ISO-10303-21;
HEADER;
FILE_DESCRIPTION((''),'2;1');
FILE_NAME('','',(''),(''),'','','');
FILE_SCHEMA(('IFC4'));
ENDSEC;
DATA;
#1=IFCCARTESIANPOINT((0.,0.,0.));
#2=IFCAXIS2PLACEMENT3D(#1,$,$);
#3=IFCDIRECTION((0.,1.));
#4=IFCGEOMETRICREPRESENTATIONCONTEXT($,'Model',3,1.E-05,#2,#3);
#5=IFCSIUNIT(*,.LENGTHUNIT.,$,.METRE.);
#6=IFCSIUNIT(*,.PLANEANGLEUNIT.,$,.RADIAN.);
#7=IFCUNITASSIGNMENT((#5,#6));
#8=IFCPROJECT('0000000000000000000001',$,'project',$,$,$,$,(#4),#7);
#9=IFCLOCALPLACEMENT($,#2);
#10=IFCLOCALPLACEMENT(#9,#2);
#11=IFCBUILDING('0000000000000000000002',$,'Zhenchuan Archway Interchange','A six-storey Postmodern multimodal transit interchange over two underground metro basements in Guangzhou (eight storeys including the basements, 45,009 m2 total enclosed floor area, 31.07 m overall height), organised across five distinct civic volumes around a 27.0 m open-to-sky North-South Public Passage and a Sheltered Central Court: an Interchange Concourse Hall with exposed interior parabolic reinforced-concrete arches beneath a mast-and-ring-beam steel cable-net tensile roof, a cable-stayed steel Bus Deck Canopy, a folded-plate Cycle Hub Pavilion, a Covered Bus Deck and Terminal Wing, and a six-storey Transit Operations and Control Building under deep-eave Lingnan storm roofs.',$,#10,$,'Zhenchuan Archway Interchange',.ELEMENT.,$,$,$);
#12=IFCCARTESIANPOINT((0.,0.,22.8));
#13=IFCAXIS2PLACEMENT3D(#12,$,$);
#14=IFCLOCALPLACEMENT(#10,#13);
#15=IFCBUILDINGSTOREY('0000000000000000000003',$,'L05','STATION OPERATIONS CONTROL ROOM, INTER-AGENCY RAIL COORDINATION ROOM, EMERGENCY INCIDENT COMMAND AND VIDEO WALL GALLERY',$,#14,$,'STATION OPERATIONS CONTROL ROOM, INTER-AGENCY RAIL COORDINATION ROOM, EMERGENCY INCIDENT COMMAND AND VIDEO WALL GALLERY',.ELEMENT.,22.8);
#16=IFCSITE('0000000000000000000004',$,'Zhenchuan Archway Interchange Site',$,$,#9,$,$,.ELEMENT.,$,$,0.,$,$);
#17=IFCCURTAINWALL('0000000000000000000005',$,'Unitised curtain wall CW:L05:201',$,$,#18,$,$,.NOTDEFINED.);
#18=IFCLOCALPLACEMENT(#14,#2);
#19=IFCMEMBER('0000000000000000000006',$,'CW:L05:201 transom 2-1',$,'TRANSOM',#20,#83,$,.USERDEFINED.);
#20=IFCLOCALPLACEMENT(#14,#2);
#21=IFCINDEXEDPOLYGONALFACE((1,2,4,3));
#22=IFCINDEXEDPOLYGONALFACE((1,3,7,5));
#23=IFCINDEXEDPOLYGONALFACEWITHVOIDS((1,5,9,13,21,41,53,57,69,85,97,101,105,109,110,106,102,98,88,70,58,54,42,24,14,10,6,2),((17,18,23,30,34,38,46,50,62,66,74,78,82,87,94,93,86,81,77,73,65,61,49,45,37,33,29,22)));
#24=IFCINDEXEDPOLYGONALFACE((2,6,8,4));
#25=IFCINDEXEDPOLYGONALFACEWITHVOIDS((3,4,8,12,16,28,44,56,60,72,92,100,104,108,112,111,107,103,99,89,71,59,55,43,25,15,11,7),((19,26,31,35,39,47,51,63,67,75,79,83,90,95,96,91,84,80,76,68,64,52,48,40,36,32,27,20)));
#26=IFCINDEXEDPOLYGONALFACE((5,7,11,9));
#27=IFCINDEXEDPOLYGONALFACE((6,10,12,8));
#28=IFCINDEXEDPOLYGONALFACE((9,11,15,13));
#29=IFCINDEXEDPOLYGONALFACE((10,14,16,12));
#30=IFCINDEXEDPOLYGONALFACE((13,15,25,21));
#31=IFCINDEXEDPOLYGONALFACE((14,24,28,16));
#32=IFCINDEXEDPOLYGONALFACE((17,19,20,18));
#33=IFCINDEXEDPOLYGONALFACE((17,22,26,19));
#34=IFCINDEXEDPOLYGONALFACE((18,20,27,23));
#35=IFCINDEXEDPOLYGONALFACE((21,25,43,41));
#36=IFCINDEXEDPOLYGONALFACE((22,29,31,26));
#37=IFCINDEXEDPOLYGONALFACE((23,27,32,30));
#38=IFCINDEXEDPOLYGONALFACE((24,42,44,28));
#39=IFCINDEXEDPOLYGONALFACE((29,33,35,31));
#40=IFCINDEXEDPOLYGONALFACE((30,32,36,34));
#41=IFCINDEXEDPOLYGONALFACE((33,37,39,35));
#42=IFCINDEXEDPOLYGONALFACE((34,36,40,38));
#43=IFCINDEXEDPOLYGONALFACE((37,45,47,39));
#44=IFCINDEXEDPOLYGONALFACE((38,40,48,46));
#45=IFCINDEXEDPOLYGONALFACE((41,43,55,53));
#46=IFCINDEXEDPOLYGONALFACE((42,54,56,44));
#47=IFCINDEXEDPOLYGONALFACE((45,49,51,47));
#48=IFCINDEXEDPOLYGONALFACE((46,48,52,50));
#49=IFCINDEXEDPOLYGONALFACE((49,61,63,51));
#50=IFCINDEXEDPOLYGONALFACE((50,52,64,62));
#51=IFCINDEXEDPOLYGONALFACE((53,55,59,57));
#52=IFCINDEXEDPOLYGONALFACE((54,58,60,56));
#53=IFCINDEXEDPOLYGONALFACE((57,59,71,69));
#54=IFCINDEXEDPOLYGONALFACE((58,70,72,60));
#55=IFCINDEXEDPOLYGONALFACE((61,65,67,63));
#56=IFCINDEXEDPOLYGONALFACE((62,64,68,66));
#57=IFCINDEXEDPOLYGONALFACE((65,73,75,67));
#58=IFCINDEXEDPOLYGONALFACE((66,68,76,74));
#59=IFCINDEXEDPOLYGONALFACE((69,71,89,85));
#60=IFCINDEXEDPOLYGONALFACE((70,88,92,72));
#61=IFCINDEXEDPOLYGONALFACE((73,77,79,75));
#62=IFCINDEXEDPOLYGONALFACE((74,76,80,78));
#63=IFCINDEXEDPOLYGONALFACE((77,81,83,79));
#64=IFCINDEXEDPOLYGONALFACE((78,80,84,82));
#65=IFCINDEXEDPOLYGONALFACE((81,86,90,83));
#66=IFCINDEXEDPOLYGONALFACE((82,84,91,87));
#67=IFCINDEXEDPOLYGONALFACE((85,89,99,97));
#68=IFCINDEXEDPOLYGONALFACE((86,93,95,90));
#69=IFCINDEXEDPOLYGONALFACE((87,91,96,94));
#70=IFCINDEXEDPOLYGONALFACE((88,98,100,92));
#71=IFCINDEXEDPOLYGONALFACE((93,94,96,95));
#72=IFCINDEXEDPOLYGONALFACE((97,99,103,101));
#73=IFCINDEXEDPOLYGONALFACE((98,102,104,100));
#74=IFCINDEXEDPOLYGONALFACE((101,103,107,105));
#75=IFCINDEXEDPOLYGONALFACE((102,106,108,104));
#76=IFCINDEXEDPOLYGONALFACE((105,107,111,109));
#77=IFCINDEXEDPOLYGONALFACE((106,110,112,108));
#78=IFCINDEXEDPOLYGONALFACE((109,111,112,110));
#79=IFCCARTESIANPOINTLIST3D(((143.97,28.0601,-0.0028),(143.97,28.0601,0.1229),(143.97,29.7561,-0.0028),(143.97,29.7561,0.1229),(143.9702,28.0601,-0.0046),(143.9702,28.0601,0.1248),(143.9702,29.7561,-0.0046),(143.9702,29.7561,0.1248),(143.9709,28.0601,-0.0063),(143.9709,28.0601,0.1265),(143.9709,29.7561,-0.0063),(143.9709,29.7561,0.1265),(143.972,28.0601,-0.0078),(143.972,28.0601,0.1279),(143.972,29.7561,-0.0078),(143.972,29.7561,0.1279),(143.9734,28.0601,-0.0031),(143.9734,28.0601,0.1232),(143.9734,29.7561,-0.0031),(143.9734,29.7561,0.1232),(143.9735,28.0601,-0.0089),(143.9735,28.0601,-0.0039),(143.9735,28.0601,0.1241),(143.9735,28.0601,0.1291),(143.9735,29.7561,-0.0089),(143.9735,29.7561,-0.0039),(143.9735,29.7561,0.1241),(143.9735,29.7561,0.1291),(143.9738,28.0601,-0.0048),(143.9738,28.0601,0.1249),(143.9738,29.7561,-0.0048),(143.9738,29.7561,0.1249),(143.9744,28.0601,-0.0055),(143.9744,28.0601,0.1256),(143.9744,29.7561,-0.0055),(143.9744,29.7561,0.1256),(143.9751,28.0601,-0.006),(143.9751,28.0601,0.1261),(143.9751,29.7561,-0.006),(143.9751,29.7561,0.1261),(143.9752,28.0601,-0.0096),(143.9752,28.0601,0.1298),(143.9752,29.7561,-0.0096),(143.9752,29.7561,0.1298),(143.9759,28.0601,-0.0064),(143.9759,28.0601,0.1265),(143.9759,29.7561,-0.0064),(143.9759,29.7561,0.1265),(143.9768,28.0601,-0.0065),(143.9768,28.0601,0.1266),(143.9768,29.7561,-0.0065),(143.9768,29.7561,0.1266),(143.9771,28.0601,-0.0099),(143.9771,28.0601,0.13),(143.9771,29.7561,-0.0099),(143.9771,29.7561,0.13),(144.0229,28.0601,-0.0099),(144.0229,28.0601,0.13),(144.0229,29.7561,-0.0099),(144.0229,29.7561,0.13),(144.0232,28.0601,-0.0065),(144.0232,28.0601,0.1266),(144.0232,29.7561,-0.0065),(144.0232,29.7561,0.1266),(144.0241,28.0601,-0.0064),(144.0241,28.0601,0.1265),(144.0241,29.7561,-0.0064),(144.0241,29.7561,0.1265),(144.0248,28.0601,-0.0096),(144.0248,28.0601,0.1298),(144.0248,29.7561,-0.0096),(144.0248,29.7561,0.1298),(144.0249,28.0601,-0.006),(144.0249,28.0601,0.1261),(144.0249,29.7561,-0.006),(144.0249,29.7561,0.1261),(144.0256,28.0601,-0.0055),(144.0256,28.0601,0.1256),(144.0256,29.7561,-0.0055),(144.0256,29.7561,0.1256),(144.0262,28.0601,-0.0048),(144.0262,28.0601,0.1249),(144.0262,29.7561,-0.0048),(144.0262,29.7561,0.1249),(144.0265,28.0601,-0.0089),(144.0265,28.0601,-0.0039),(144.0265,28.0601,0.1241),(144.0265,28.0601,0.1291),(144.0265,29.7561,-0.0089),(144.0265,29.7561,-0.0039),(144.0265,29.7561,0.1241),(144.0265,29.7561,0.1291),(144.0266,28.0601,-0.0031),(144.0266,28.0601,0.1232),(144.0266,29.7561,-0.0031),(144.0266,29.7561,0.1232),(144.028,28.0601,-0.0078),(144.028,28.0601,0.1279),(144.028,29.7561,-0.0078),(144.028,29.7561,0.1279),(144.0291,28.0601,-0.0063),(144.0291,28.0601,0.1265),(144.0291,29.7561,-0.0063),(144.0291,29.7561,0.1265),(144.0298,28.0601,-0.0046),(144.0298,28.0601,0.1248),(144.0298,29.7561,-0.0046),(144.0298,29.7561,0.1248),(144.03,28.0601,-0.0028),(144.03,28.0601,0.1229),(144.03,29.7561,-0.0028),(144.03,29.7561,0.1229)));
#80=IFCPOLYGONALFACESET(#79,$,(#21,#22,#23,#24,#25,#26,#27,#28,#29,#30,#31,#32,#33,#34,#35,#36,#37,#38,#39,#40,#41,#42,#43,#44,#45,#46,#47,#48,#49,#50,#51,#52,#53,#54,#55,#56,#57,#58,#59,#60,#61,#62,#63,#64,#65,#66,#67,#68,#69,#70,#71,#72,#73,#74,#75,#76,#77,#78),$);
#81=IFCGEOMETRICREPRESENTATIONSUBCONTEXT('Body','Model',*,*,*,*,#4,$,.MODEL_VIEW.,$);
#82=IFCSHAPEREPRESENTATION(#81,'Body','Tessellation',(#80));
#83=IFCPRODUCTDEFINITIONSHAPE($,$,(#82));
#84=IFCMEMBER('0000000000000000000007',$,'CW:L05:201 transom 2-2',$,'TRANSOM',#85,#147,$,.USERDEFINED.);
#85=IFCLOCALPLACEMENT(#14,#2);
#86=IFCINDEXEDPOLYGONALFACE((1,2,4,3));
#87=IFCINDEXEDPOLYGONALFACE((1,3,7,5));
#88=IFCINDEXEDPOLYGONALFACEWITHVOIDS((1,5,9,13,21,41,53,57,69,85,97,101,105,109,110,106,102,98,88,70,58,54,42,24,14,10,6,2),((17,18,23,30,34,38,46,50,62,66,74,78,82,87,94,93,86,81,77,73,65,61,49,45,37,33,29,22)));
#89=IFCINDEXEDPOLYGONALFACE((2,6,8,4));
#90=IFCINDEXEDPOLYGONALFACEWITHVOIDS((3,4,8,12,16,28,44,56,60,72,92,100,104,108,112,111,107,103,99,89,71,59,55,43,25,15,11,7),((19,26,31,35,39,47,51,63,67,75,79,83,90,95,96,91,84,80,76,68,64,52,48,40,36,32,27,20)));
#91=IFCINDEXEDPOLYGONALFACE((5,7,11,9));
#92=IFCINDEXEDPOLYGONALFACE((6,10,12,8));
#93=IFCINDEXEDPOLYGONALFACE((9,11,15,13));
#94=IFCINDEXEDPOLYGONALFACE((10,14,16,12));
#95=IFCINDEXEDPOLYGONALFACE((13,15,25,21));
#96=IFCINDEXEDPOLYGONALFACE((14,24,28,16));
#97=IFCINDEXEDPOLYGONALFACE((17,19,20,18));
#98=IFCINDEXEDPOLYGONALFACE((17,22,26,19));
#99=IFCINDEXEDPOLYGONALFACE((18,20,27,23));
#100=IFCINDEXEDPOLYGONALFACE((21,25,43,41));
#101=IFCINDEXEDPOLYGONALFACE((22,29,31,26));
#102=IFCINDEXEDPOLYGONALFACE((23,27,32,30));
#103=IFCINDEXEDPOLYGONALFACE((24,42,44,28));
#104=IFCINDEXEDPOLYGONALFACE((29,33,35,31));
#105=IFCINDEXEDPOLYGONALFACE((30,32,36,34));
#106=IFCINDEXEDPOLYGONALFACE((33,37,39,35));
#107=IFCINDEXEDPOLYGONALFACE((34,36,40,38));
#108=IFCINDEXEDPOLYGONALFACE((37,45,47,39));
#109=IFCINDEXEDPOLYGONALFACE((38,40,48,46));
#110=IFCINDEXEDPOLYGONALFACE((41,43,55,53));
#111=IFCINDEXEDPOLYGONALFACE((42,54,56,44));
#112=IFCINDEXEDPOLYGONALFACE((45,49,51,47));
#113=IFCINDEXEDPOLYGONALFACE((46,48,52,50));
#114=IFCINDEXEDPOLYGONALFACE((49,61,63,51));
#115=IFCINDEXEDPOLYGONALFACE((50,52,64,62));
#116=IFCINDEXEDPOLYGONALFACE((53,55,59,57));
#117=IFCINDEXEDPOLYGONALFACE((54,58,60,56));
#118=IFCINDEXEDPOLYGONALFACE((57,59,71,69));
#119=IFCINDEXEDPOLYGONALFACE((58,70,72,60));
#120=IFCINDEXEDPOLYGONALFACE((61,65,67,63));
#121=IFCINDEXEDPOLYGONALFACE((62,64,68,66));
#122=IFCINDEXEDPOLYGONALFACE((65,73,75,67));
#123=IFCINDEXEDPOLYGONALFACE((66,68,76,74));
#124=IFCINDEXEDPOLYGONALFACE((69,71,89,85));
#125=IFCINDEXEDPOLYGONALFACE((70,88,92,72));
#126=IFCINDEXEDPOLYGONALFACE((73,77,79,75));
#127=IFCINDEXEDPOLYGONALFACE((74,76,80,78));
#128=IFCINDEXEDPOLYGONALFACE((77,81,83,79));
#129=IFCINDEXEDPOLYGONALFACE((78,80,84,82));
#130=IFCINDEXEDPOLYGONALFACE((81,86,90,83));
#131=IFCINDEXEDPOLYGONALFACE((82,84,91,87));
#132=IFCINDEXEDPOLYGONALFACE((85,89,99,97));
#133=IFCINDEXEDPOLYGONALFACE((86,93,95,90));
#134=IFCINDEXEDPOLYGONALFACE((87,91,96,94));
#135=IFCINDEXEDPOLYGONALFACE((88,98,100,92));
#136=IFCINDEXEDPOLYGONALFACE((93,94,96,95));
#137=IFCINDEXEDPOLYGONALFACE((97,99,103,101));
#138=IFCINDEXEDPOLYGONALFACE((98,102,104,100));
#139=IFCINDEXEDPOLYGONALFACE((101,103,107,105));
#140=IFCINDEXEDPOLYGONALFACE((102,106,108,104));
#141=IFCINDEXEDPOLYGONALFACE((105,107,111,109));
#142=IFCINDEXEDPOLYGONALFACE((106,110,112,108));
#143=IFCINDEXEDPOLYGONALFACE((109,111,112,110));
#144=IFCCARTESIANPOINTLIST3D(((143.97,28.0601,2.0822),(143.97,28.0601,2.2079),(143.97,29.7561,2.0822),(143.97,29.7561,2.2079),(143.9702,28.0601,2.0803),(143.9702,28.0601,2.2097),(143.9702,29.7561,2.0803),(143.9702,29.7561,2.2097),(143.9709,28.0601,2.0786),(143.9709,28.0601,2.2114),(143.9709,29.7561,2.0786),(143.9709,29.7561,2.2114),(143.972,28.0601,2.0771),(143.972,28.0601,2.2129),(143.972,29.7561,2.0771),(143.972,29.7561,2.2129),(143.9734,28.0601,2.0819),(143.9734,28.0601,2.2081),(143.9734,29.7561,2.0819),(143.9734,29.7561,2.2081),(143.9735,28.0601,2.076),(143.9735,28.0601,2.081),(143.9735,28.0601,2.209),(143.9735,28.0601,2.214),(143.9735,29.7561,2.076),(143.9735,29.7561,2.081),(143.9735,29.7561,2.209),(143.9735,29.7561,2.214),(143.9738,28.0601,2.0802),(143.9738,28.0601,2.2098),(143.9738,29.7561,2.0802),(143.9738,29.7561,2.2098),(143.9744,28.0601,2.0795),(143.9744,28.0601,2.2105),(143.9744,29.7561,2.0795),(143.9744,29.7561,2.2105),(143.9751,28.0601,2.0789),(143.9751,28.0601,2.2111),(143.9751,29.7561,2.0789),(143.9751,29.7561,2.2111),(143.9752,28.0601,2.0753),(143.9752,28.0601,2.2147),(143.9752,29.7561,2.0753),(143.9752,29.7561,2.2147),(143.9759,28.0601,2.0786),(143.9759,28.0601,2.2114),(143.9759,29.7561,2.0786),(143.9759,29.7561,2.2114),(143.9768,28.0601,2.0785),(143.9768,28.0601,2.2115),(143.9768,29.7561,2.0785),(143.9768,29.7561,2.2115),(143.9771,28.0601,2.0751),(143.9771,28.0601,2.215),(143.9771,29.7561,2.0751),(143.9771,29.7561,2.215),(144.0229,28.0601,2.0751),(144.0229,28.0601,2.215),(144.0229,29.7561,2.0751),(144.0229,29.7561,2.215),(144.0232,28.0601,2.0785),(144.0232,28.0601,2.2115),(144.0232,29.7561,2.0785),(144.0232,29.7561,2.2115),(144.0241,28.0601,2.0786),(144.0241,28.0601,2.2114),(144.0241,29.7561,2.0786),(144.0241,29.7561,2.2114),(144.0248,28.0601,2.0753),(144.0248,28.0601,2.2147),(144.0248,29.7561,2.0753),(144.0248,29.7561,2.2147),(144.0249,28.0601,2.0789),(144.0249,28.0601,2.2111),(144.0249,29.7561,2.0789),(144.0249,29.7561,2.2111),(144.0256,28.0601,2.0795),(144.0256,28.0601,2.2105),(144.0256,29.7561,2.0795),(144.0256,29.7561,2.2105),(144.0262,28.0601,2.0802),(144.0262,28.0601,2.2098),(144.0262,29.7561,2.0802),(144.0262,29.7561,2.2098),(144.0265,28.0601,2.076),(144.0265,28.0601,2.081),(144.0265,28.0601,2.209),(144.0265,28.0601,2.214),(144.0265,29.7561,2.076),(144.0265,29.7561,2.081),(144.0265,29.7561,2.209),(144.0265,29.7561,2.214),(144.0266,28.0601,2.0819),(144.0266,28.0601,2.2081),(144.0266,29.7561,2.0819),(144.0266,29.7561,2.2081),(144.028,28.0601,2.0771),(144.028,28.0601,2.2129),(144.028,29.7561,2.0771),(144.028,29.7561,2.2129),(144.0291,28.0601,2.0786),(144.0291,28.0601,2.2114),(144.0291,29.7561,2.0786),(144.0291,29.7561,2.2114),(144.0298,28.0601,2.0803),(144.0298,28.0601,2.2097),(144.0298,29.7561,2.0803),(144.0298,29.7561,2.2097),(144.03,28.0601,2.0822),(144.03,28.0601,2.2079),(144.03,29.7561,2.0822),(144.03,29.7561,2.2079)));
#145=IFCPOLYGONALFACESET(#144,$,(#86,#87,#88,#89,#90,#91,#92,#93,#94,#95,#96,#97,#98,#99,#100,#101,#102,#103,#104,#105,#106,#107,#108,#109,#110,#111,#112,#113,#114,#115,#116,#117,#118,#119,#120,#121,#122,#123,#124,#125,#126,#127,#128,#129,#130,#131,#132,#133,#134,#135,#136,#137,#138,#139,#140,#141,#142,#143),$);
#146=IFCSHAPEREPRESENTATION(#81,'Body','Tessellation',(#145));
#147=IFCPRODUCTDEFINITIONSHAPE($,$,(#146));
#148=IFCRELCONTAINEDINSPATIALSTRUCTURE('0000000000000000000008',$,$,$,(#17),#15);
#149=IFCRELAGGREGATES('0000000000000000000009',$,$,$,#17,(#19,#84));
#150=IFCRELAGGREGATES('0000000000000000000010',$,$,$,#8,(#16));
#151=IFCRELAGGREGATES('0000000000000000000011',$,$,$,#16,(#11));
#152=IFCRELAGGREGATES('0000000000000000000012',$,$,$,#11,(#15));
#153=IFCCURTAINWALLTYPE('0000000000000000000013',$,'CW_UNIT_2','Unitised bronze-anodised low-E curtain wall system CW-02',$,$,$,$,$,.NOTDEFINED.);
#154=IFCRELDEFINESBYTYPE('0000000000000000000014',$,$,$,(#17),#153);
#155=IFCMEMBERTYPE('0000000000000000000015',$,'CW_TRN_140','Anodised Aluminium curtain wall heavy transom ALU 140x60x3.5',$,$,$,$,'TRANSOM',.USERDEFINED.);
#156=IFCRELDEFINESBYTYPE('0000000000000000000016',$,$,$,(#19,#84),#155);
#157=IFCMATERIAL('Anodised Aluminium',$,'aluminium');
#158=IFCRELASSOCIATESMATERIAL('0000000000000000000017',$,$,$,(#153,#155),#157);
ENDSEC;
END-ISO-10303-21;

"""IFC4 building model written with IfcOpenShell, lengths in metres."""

from ifc_helpers import new_model, si_unit, direction, frame, origin, origin_2d, place, context, subcontext, project, spatial, hollow_rectangle, extrude, material, material_profile, profile_set, type_object, element, aggregate, save


model = new_model("IFC4")

# Units and contexts
model_context = context("Model", 3, precision=1e-05, world=origin(), true_north=direction((0.0, 1.0)))
body_context = subcontext(model_context, "Body", "Model", "MODEL_VIEW")
ifc_project = project(units=[si_unit("LENGTHUNIT", "METRE"), si_unit("PLANEANGLEUNIT", "RADIAN")], contexts=[model_context])

# Site, building, storey
site_placement = place(None, origin())
site = spatial("IfcSite", under=ifc_project, at=site_placement, Name="Zhenchuan Archway Interchange Site", CompositionType="ELEMENT", RefElevation=0.0)
building_placement = place(site_placement, origin())
building = spatial("IfcBuilding", under=site, at=building_placement, Name="Zhenchuan Archway Interchange", Description="A six-storey Postmodern multimodal transit interchange over two underground metro basements in Guangzhou (eight storeys including the basements, 45,009 m2 total enclosed floor area, 31.07 m overall height), organised across five distinct civic volumes around a 27.0 m open-to-sky North-South Public Passage and a Sheltered Central Court: an Interchange Concourse Hall with exposed interior parabolic reinforced-concrete arches beneath a mast-and-ring-beam steel cable-net tensile roof, a cable-stayed steel Bus Deck Canopy, a folded-plate Cycle Hub Pavilion, a Covered Bus Deck and Terminal Wing, and a six-storey Transit Operations and Control Building under deep-eave Lingnan storm roofs.", LongName="Zhenchuan Archway Interchange", CompositionType="ELEMENT")
storey_placement = place(building_placement, frame((0.0, 0.0, 22.8)))
storey = spatial("IfcBuildingStorey", under=building, at=storey_placement, Name="L05", Description="STATION OPERATIONS CONTROL ROOM, INTER-AGENCY RAIL COORDINATION ROOM, EMERGENCY INCIDENT COMMAND AND VIDEO WALL GALLERY", LongName="STATION OPERATIONS CONTROL ROOM, INTER-AGENCY RAIL COORDINATION ROOM, EMERGENCY INCIDENT COMMAND AND VIDEO WALL GALLERY", CompositionType="ELEMENT", Elevation=22.8)

# Shared definitions
ifc_material_1 = material(Name="Anodised Aluminium", Category="aluminium")

# Curtain wall, members
curtain_wall_type_1 = type_object("IfcCurtainWallType", Name="CW_UNIT_2", Description="Unitised bronze-anodised low-E curtain wall system CW-02", PredefinedType="NOTDEFINED", material=ifc_material_1)
curtain_wall_1_placement = place(storey_placement, origin())
curtain_wall_1 = element("IfcCurtainWall", 1, at=curtain_wall_1_placement, inside=storey, type_object=curtain_wall_type_1, Name="Unitised curtain wall CW:L05:201", PredefinedType="NOTDEFINED")
ifc_material_profile_1 = material_profile(ifc_material_1, hollow_rectangle(XDim=0.0601, YDim=0.1399, WallThickness=0.0034, InnerFilletRadius=0.0034, OuterFilletRadius=0.0071, at=origin_2d()), Name="ALU 140x60x3.5")
ifc_profile_set_1 = profile_set([ifc_material_profile_1], Name="Anodised Aluminium")
member_type_1 = type_object("IfcMemberType", Name="CW_TRN_140", Description="Anodised Aluminium curtain wall heavy transom ALU 140x60x3.5", ElementType="TRANSOM", PredefinedType="USERDEFINED", material=ifc_profile_set_1)
member_1_placement = place(storey_placement, frame((144.0, 28.0601, 0.0601), z_axis=(0.0, 1.0, 0.0), x_axis=(-1.0, 0.0, 0.0)))
member_1 = element("IfcMember", 2, at=member_1_placement, type_object=member_type_1, Name="CW:L05:201 transom 2-1", ObjectType="TRANSOM", PredefinedType="USERDEFINED", context=body_context, shape_type="SweptSolid", body=[
    extrude(hollow_rectangle(XDim=0.0601, YDim=0.1399, WallThickness=0.0034, InnerFilletRadius=0.0034, OuterFilletRadius=0.0071, at=origin_2d()), origin(), (0.0, 0.0, 1.0), 1.696),
])
member_2_placement = place(storey_placement, frame((144.0, 28.0601, 2.145), z_axis=(0.0, 1.0, 0.0), x_axis=(-1.0, 0.0, 0.0)))
member_2 = element("IfcMember", 3, at=member_2_placement, type_object=member_type_1, Name="CW:L05:201 transom 2-2", ObjectType="TRANSOM", PredefinedType="USERDEFINED", context=body_context, shape_type="SweptSolid", body=[
    extrude(hollow_rectangle(XDim=0.0601, YDim=0.1399, WallThickness=0.0034, InnerFilletRadius=0.0034, OuterFilletRadius=0.0071, at=origin_2d()), origin(), (0.0, 0.0, 1.0), 1.696),
])

aggregate(curtain_wall_1, [member_1, member_2])

save(model, "model.ifc")
